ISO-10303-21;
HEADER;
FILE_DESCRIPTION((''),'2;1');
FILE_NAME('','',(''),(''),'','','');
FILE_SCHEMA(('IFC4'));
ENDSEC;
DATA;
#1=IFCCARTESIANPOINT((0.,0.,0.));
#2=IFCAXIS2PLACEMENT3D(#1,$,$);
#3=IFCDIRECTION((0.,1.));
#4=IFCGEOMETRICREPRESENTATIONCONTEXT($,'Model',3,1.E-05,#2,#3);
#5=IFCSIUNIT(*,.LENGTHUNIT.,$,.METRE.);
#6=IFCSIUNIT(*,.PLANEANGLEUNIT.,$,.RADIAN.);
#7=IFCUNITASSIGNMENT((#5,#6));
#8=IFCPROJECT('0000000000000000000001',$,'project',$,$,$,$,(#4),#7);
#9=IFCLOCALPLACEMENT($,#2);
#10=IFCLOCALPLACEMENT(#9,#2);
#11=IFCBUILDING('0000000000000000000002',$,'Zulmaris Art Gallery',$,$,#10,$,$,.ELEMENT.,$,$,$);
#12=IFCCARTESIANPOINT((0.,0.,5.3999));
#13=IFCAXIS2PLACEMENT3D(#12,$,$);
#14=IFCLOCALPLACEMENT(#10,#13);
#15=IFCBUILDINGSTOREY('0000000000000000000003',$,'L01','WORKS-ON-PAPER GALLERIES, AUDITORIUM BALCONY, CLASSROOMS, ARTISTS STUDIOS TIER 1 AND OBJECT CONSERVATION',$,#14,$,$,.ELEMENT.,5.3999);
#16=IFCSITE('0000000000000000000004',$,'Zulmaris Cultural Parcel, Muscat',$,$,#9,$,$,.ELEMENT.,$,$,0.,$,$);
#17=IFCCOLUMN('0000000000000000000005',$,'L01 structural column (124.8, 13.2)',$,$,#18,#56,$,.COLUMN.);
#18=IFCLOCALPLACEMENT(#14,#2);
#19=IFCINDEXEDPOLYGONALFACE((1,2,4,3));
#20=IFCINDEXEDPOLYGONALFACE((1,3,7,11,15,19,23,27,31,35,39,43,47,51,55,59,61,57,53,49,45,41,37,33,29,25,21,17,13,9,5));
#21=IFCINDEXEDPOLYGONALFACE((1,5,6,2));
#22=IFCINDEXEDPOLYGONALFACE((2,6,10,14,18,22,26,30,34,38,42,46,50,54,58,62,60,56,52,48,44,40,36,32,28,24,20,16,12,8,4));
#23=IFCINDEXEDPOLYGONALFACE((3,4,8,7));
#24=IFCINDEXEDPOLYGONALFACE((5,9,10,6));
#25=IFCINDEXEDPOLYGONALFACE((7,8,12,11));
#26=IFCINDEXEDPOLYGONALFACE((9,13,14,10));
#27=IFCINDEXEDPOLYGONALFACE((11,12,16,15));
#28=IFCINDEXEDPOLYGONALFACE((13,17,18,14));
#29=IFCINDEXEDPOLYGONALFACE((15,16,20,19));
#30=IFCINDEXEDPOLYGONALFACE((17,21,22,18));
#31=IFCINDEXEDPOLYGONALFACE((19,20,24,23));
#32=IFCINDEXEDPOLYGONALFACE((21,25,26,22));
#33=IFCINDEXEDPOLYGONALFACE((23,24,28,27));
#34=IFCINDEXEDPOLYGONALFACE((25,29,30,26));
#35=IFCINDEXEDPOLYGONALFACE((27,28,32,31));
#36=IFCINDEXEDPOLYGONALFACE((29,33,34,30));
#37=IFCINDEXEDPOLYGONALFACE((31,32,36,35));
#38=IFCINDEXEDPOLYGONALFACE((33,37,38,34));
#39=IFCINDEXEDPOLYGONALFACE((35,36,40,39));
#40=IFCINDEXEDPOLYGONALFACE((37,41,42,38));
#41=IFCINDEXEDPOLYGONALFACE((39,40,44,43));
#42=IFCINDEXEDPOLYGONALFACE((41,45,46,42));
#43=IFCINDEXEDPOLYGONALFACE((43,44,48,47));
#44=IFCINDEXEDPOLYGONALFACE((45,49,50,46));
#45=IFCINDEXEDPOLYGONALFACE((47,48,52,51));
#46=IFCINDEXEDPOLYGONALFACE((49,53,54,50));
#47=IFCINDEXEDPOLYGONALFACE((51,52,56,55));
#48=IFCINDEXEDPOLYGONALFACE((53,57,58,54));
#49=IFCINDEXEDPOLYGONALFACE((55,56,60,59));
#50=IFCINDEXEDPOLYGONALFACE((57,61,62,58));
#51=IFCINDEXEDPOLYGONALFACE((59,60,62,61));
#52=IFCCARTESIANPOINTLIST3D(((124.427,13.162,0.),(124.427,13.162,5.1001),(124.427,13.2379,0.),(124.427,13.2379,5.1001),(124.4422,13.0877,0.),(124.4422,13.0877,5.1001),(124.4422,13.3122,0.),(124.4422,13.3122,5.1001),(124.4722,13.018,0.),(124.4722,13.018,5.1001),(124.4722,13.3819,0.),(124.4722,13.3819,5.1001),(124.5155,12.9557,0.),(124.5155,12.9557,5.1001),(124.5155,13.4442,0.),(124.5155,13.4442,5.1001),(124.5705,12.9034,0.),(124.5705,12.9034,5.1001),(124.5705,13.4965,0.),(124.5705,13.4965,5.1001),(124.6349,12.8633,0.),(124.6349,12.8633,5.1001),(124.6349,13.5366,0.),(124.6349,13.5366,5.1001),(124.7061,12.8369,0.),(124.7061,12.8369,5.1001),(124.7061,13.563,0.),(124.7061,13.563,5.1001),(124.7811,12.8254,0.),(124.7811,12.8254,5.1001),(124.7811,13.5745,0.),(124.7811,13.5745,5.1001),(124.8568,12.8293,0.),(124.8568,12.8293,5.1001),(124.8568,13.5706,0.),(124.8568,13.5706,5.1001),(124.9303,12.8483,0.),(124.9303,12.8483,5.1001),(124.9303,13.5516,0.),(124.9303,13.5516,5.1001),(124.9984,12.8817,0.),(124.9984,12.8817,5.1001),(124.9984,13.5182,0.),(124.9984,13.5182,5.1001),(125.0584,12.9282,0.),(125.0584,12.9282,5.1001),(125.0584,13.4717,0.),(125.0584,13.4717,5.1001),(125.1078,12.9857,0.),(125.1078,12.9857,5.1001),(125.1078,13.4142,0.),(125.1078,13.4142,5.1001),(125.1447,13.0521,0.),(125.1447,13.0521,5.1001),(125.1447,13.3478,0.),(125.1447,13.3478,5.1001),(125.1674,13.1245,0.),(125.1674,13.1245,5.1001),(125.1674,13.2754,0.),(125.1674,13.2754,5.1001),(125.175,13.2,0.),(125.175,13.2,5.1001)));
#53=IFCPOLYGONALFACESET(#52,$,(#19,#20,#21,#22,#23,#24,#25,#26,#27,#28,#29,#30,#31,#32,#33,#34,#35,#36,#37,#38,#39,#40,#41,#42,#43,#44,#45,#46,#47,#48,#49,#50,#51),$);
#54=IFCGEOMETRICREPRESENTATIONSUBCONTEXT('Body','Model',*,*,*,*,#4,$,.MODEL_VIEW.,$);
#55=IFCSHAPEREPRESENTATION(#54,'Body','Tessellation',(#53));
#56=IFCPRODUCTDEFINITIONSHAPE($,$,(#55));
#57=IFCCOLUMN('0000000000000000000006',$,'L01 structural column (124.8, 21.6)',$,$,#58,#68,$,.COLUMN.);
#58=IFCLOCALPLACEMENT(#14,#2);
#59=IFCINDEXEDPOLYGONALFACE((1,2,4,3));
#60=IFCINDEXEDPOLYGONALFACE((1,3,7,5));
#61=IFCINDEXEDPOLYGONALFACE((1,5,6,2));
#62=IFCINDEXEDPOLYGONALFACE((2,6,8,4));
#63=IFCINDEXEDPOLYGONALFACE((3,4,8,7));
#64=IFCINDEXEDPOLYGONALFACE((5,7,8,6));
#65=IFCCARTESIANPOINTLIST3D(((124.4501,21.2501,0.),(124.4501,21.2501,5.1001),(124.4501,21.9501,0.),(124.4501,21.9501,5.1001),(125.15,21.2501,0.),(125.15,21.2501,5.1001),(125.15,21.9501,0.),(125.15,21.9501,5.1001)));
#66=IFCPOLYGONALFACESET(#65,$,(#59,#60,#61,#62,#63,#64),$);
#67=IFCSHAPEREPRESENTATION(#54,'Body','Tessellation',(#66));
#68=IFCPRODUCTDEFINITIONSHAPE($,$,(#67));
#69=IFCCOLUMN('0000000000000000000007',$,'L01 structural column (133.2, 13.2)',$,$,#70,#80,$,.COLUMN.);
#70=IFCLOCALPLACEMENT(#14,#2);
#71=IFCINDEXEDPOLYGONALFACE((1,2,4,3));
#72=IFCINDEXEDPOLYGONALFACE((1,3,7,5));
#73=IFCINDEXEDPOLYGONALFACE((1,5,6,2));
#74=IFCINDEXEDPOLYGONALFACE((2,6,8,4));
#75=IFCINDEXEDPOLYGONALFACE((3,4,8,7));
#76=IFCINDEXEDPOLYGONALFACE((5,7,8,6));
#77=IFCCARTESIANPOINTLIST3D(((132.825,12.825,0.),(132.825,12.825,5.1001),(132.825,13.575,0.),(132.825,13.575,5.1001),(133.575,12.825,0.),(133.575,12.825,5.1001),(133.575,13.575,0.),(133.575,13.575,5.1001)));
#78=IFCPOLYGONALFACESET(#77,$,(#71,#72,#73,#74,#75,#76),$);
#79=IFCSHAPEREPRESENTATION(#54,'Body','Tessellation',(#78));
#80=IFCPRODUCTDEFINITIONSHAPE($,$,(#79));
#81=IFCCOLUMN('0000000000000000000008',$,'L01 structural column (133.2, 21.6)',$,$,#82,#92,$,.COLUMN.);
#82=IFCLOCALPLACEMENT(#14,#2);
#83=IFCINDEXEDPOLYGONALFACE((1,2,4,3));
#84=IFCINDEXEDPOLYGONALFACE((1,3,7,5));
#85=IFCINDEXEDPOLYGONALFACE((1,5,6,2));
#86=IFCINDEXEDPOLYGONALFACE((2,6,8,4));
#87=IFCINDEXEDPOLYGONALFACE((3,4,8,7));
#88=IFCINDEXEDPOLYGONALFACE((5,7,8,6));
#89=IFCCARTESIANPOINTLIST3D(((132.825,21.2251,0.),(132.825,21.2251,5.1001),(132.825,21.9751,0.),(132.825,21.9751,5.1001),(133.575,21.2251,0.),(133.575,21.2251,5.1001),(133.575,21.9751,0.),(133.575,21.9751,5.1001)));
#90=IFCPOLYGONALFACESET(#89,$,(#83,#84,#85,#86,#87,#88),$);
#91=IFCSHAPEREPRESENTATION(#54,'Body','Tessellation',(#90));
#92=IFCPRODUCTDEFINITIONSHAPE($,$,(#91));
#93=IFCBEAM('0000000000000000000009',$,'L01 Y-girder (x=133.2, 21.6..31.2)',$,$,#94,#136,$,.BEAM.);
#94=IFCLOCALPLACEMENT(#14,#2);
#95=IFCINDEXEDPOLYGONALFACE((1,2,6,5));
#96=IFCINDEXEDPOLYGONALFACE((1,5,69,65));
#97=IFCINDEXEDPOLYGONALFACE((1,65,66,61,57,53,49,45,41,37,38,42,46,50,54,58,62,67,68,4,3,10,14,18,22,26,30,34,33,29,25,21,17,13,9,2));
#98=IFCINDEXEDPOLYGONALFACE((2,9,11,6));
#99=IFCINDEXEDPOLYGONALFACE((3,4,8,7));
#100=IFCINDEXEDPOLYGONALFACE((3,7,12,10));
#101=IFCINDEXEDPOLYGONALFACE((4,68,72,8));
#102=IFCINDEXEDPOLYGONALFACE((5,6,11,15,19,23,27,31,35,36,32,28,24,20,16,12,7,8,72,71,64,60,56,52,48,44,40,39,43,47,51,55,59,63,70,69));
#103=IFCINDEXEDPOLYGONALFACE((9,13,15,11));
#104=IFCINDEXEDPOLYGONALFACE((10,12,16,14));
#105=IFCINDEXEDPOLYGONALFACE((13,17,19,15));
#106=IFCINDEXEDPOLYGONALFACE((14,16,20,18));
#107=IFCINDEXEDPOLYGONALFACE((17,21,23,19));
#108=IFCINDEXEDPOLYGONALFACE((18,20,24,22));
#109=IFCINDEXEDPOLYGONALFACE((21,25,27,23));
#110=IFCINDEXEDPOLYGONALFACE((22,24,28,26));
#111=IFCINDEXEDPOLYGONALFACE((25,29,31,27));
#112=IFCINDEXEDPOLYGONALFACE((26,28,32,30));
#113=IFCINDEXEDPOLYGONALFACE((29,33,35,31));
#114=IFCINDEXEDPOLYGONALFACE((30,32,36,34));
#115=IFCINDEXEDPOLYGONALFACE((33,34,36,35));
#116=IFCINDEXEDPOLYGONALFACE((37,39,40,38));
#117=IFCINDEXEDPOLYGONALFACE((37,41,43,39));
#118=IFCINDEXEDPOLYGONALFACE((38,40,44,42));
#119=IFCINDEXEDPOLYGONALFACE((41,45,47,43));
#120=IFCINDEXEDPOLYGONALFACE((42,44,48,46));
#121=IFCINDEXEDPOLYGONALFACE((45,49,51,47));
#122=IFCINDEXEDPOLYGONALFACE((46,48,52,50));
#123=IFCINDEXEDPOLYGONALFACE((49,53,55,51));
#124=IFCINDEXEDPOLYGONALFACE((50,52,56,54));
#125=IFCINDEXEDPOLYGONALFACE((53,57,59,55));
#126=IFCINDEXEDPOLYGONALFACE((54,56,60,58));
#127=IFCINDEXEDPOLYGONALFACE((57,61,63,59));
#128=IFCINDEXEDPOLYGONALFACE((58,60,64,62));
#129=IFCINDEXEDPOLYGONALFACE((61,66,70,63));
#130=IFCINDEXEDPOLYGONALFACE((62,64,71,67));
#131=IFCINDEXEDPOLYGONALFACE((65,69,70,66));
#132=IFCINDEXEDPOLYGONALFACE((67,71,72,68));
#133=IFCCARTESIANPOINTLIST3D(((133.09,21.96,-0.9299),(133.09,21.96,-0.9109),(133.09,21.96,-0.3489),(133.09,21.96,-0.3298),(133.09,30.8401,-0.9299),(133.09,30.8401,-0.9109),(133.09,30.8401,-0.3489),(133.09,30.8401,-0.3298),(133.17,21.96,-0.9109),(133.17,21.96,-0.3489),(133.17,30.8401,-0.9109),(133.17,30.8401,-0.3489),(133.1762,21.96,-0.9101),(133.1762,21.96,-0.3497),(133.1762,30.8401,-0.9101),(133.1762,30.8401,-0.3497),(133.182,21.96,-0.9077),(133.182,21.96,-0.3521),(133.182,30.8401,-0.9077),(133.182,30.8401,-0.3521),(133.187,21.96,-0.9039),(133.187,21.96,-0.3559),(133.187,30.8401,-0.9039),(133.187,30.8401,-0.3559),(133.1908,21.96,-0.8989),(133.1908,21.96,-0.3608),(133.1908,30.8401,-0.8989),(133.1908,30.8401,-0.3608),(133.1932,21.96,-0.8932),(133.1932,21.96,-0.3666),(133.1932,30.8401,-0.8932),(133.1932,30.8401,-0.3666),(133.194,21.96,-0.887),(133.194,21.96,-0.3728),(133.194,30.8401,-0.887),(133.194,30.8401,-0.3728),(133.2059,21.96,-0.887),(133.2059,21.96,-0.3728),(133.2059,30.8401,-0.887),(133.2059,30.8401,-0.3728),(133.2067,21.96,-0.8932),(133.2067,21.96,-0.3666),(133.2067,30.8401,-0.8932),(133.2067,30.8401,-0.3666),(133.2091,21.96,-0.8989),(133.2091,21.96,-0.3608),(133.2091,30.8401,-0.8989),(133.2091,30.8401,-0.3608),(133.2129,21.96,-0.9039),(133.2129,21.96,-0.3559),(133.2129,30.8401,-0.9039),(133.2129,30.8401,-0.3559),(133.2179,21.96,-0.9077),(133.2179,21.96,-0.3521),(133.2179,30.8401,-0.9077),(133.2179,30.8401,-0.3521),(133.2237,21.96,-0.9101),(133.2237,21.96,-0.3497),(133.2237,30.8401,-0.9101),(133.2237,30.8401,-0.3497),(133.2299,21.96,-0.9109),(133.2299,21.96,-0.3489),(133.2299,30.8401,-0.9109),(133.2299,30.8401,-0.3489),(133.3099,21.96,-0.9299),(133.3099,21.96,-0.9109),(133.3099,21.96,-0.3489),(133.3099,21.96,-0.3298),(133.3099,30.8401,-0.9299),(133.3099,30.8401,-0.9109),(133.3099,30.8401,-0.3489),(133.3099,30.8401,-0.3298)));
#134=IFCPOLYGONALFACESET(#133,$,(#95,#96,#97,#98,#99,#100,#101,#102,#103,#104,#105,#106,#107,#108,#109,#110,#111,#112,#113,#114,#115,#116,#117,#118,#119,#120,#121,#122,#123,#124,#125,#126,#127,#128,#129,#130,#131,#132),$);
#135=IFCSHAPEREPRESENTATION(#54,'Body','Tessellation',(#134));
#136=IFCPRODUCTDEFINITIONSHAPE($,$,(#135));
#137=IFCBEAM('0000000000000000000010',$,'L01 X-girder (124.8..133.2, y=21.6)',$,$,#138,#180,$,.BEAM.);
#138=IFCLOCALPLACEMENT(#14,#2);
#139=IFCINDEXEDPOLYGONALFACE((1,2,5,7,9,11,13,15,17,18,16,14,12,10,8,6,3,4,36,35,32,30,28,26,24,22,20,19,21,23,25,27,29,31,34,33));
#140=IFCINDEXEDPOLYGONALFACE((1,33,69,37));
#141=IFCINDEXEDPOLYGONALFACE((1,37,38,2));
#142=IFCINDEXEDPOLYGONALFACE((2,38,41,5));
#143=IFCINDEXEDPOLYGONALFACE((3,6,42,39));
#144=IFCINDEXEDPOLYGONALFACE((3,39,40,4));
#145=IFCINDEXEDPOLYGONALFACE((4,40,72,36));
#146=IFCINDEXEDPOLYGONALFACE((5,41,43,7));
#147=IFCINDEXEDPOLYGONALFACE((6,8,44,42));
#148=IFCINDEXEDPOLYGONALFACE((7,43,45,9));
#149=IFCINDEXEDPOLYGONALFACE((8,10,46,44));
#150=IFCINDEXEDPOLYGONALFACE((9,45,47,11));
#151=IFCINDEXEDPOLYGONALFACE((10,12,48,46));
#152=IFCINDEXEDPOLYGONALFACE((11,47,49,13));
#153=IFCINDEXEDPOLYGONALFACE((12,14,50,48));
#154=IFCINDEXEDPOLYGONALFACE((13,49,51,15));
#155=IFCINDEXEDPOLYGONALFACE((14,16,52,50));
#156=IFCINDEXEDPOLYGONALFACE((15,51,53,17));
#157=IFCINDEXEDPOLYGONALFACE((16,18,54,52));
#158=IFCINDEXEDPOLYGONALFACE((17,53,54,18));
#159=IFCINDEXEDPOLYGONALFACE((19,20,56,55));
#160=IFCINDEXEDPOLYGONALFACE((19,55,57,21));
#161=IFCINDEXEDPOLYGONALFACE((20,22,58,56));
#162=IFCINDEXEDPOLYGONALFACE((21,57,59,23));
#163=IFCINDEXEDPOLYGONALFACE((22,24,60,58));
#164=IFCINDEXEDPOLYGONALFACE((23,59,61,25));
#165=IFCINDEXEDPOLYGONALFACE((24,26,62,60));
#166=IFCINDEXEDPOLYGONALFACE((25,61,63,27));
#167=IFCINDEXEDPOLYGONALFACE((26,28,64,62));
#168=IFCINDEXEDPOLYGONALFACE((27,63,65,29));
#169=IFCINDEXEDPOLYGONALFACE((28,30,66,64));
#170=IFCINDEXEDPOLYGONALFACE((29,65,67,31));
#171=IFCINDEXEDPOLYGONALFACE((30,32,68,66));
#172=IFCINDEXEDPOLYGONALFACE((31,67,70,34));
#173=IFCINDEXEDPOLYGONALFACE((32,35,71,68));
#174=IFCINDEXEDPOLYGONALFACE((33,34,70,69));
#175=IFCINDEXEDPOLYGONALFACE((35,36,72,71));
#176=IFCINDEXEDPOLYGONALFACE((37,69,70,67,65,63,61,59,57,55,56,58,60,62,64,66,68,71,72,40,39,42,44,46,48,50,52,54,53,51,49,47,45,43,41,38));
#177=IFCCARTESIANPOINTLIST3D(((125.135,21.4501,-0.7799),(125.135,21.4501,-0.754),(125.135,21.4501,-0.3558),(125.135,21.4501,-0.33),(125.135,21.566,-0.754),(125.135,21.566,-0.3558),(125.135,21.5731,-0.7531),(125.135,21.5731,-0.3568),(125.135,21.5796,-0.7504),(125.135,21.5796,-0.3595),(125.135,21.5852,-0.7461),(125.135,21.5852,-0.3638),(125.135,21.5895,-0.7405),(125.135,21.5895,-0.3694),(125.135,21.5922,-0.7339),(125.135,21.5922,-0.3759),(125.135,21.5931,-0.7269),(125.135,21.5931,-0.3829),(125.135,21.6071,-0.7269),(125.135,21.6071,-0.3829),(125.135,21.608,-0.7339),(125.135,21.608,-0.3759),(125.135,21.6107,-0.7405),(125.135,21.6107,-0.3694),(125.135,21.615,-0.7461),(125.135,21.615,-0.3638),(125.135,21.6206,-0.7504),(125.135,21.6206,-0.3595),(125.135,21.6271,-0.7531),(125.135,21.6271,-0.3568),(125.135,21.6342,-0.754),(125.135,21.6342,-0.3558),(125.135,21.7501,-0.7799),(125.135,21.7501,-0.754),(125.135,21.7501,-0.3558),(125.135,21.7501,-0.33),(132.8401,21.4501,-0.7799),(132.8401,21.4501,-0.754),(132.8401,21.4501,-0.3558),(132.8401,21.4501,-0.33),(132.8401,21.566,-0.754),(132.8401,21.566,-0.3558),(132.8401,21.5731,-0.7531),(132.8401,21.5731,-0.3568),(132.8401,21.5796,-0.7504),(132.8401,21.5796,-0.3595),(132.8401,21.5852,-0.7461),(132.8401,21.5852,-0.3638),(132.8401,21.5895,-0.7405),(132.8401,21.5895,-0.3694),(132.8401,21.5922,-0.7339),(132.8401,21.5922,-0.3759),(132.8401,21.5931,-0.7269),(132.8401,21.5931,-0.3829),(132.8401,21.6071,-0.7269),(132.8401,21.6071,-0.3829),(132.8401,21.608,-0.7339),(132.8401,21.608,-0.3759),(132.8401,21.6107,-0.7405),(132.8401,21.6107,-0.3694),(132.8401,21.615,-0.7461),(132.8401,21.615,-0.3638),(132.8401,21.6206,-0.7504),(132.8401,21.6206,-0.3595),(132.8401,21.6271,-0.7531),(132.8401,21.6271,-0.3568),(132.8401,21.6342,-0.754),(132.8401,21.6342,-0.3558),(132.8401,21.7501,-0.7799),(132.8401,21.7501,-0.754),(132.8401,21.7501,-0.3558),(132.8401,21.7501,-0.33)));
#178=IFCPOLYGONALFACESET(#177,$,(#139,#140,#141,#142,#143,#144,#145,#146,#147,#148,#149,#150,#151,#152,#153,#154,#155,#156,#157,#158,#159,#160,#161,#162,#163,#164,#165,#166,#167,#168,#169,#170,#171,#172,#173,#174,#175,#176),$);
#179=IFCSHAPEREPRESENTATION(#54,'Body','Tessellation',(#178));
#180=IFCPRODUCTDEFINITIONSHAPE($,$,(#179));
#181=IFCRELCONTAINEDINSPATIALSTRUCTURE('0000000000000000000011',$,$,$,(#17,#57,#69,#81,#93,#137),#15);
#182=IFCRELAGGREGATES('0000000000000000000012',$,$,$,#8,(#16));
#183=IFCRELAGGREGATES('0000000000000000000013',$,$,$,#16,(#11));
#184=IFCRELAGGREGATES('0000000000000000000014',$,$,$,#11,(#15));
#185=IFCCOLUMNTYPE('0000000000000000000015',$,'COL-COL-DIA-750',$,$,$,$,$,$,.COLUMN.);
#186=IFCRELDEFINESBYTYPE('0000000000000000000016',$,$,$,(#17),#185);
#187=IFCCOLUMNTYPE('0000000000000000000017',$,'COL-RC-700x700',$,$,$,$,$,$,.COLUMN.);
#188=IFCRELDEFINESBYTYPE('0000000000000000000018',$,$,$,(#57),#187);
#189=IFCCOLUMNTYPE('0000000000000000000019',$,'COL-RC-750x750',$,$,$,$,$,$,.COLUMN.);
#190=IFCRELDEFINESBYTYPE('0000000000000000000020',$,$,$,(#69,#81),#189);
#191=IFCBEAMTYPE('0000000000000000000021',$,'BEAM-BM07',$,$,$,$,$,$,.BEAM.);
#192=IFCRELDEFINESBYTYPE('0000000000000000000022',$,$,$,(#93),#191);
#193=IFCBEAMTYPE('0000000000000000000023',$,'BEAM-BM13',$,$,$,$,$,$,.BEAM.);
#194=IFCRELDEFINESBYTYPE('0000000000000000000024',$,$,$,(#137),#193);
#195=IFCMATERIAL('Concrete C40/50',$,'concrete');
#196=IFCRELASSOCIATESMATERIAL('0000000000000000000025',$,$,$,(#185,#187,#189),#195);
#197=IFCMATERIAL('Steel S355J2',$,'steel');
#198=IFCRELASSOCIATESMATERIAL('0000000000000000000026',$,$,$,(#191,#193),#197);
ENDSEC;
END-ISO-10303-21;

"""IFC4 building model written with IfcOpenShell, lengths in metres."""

from ifc_helpers import new_model, si_unit, direction, frame, origin, origin_2d, place, context, subcontext, project, spatial, rectangle, circle, i_section, extrude, material, material_profile, profile_set, type_object, element, save


model = new_model("IFC4")

# Units and contexts
model_context = context("Model", 3, precision=1e-05, world=origin(), true_north=direction((0.0, 1.0)))
body_context = subcontext(model_context, "Body", "Model", "MODEL_VIEW")
ifc_project = project(units=[si_unit("LENGTHUNIT", "METRE"), si_unit("PLANEANGLEUNIT", "RADIAN")], contexts=[model_context])

# Site, building, storey
site_placement = place(None, origin())
site = spatial("IfcSite", under=ifc_project, at=site_placement, Name="Zulmaris Cultural Parcel, Muscat", CompositionType="ELEMENT", RefElevation=0.0)
building_placement = place(site_placement, origin())
building = spatial("IfcBuilding", under=site, at=building_placement, Name="Zulmaris Art Gallery", CompositionType="ELEMENT")
storey_placement = place(building_placement, frame((0.0, 0.0, 5.3999)))
storey = spatial("IfcBuildingStorey", under=building, at=storey_placement, Name="L01", Description="WORKS-ON-PAPER GALLERIES, AUDITORIUM BALCONY, CLASSROOMS, ARTISTS STUDIOS TIER 1 AND OBJECT CONSERVATION", CompositionType="ELEMENT", Elevation=5.3999)

# Columns
ifc_material_1 = material(Name="Concrete C40/50", Category="concrete")
ifc_material_profile_1 = material_profile(ifc_material_1, circle(Radius=0.375, at=origin_2d()), Name="COL DIA 750")
ifc_profile_set_1 = profile_set([ifc_material_profile_1], Name="Concrete C40/50")
column_type_1 = type_object("IfcColumnType", Name="COL-COL-DIA-750", PredefinedType="COLUMN", material=ifc_profile_set_1)
column_1_placement = place(storey_placement, frame((124.8, 13.2, 0.0), z_axis=(0.0, 0.0, 1.0), x_axis=(1.0, 0.0, 0.0)))
element("IfcColumn", 1, at=column_1_placement, inside=storey, type_object=column_type_1, Name="L01 structural column (124.8, 13.2)", PredefinedType="COLUMN", context=body_context, shape_type="SweptSolid", body=[
    extrude(circle(Radius=0.375, at=origin_2d()), origin(), (0.0, 0.0, 1.0), 5.1001),
])
ifc_material_profile_2 = material_profile(ifc_material_1, rectangle(XDim=0.7, YDim=0.7, at=origin_2d()), Name="RC 700x700")
ifc_profile_set_2 = profile_set([ifc_material_profile_2], Name="Concrete C40/50")
column_type_2 = type_object("IfcColumnType", Name="COL-RC-700x700", PredefinedType="COLUMN", material=ifc_profile_set_2)
column_2_placement = place(storey_placement, frame((124.8, 21.6001, 0.0), z_axis=(0.0, 0.0, 1.0), x_axis=(1.0, 0.0, 0.0)))
element("IfcColumn", 2, at=column_2_placement, inside=storey, type_object=column_type_2, Name="L01 structural column (124.8, 21.6)", PredefinedType="COLUMN", context=body_context, shape_type="SweptSolid", body=[
    extrude(rectangle(XDim=0.7, YDim=0.7, at=origin_2d()), origin(), (0.0, 0.0, 1.0), 5.1001),
])
ifc_material_profile_3 = material_profile(ifc_material_1, rectangle(XDim=0.75, YDim=0.75, at=origin_2d()), Name="RC 750x750")
ifc_profile_set_3 = profile_set([ifc_material_profile_3], Name="Concrete C40/50")
column_type_3 = type_object("IfcColumnType", Name="COL-RC-750x750", PredefinedType="COLUMN", material=ifc_profile_set_3)
for number, where, z_axis, x_axis, name in (
    (3, (133.2, 13.2, 0.0), (0.0, 0.0, 1.0), (1.0, 0.0, 0.0), "L01 structural column (133.2, 13.2)"),
    (4, (133.2, 21.6001, 0.0), (0.0, 0.0, 1.0), (1.0, 0.0, 0.0), "L01 structural column (133.2, 21.6)"),
):
    element("IfcColumn", number, at=place(storey_placement, frame(where, z_axis=z_axis, x_axis=x_axis)), inside=storey, type_object=column_type_3, Name=name, PredefinedType="COLUMN", context=body_context, shape_type="SweptSolid", body=[
        extrude(rectangle(XDim=0.75, YDim=0.75, at=origin_2d()), origin(), (0.0, 0.0, 1.0), 5.1001),
    ])

# Beams
ifc_material_2 = material(Name="Steel S355J2", Category="steel")
ifc_material_profile_4 = material_profile(ifc_material_2, i_section(OverallWidth=0.22, OverallDepth=0.6001, WebThickness=0.012, FlangeThickness=0.019, FilletRadius=0.0239, at=origin_2d()), Name="IPE 600")
ifc_profile_set_4 = profile_set([ifc_material_profile_4], Name="Steel S355J2")
beam_type_1 = type_object("IfcBeamType", Name="BEAM-BM07", PredefinedType="BEAM", material=ifc_profile_set_4)
beam_1_placement = place(storey_placement, frame((133.2, 21.96, -0.6299), z_axis=(0.0, 1.0, 0.0), x_axis=(-1.0, 0.0, 0.0)))
element("IfcBeam", 5, at=beam_1_placement, inside=storey, type_object=beam_type_1, Name="L01 Y-girder (x=133.2, 21.6..31.2)", PredefinedType="BEAM", context=body_context, shape_type="SweptSolid", body=[
    extrude(i_section(OverallWidth=0.22, OverallDepth=0.6001, WebThickness=0.012, FlangeThickness=0.019, FilletRadius=0.0239, at=origin_2d()), origin(), (0.0, 0.0, 1.0), 8.8801),
])
ifc_material_profile_5 = material_profile(ifc_material_2, i_section(OverallWidth=0.3, OverallDepth=0.45, WebThickness=0.0139, FlangeThickness=0.0259, FilletRadius=0.0271, at=origin_2d()), Name="HEB 450")
ifc_profile_set_5 = profile_set([ifc_material_profile_5], Name="Steel S355J2")
beam_type_2 = type_object("IfcBeamType", Name="BEAM-BM13", PredefinedType="BEAM", material=ifc_profile_set_5)
beam_2_placement = place(storey_placement, frame((125.135, 21.6001, -0.5549), z_axis=(1.0, 0.0, 0.0), x_axis=(0.0, 1.0, 0.0)))
element("IfcBeam", 6, at=beam_2_placement, inside=storey, type_object=beam_type_2, Name="L01 X-girder (124.8..133.2, y=21.6)", PredefinedType="BEAM", context=body_context, shape_type="SweptSolid", body=[
    extrude(i_section(OverallWidth=0.3, OverallDepth=0.45, WebThickness=0.0139, FlangeThickness=0.0259, FilletRadius=0.0271, at=origin_2d()), origin(), (0.0, 0.0, 1.0), 7.7051),
])

save(model, "model.ifc")
